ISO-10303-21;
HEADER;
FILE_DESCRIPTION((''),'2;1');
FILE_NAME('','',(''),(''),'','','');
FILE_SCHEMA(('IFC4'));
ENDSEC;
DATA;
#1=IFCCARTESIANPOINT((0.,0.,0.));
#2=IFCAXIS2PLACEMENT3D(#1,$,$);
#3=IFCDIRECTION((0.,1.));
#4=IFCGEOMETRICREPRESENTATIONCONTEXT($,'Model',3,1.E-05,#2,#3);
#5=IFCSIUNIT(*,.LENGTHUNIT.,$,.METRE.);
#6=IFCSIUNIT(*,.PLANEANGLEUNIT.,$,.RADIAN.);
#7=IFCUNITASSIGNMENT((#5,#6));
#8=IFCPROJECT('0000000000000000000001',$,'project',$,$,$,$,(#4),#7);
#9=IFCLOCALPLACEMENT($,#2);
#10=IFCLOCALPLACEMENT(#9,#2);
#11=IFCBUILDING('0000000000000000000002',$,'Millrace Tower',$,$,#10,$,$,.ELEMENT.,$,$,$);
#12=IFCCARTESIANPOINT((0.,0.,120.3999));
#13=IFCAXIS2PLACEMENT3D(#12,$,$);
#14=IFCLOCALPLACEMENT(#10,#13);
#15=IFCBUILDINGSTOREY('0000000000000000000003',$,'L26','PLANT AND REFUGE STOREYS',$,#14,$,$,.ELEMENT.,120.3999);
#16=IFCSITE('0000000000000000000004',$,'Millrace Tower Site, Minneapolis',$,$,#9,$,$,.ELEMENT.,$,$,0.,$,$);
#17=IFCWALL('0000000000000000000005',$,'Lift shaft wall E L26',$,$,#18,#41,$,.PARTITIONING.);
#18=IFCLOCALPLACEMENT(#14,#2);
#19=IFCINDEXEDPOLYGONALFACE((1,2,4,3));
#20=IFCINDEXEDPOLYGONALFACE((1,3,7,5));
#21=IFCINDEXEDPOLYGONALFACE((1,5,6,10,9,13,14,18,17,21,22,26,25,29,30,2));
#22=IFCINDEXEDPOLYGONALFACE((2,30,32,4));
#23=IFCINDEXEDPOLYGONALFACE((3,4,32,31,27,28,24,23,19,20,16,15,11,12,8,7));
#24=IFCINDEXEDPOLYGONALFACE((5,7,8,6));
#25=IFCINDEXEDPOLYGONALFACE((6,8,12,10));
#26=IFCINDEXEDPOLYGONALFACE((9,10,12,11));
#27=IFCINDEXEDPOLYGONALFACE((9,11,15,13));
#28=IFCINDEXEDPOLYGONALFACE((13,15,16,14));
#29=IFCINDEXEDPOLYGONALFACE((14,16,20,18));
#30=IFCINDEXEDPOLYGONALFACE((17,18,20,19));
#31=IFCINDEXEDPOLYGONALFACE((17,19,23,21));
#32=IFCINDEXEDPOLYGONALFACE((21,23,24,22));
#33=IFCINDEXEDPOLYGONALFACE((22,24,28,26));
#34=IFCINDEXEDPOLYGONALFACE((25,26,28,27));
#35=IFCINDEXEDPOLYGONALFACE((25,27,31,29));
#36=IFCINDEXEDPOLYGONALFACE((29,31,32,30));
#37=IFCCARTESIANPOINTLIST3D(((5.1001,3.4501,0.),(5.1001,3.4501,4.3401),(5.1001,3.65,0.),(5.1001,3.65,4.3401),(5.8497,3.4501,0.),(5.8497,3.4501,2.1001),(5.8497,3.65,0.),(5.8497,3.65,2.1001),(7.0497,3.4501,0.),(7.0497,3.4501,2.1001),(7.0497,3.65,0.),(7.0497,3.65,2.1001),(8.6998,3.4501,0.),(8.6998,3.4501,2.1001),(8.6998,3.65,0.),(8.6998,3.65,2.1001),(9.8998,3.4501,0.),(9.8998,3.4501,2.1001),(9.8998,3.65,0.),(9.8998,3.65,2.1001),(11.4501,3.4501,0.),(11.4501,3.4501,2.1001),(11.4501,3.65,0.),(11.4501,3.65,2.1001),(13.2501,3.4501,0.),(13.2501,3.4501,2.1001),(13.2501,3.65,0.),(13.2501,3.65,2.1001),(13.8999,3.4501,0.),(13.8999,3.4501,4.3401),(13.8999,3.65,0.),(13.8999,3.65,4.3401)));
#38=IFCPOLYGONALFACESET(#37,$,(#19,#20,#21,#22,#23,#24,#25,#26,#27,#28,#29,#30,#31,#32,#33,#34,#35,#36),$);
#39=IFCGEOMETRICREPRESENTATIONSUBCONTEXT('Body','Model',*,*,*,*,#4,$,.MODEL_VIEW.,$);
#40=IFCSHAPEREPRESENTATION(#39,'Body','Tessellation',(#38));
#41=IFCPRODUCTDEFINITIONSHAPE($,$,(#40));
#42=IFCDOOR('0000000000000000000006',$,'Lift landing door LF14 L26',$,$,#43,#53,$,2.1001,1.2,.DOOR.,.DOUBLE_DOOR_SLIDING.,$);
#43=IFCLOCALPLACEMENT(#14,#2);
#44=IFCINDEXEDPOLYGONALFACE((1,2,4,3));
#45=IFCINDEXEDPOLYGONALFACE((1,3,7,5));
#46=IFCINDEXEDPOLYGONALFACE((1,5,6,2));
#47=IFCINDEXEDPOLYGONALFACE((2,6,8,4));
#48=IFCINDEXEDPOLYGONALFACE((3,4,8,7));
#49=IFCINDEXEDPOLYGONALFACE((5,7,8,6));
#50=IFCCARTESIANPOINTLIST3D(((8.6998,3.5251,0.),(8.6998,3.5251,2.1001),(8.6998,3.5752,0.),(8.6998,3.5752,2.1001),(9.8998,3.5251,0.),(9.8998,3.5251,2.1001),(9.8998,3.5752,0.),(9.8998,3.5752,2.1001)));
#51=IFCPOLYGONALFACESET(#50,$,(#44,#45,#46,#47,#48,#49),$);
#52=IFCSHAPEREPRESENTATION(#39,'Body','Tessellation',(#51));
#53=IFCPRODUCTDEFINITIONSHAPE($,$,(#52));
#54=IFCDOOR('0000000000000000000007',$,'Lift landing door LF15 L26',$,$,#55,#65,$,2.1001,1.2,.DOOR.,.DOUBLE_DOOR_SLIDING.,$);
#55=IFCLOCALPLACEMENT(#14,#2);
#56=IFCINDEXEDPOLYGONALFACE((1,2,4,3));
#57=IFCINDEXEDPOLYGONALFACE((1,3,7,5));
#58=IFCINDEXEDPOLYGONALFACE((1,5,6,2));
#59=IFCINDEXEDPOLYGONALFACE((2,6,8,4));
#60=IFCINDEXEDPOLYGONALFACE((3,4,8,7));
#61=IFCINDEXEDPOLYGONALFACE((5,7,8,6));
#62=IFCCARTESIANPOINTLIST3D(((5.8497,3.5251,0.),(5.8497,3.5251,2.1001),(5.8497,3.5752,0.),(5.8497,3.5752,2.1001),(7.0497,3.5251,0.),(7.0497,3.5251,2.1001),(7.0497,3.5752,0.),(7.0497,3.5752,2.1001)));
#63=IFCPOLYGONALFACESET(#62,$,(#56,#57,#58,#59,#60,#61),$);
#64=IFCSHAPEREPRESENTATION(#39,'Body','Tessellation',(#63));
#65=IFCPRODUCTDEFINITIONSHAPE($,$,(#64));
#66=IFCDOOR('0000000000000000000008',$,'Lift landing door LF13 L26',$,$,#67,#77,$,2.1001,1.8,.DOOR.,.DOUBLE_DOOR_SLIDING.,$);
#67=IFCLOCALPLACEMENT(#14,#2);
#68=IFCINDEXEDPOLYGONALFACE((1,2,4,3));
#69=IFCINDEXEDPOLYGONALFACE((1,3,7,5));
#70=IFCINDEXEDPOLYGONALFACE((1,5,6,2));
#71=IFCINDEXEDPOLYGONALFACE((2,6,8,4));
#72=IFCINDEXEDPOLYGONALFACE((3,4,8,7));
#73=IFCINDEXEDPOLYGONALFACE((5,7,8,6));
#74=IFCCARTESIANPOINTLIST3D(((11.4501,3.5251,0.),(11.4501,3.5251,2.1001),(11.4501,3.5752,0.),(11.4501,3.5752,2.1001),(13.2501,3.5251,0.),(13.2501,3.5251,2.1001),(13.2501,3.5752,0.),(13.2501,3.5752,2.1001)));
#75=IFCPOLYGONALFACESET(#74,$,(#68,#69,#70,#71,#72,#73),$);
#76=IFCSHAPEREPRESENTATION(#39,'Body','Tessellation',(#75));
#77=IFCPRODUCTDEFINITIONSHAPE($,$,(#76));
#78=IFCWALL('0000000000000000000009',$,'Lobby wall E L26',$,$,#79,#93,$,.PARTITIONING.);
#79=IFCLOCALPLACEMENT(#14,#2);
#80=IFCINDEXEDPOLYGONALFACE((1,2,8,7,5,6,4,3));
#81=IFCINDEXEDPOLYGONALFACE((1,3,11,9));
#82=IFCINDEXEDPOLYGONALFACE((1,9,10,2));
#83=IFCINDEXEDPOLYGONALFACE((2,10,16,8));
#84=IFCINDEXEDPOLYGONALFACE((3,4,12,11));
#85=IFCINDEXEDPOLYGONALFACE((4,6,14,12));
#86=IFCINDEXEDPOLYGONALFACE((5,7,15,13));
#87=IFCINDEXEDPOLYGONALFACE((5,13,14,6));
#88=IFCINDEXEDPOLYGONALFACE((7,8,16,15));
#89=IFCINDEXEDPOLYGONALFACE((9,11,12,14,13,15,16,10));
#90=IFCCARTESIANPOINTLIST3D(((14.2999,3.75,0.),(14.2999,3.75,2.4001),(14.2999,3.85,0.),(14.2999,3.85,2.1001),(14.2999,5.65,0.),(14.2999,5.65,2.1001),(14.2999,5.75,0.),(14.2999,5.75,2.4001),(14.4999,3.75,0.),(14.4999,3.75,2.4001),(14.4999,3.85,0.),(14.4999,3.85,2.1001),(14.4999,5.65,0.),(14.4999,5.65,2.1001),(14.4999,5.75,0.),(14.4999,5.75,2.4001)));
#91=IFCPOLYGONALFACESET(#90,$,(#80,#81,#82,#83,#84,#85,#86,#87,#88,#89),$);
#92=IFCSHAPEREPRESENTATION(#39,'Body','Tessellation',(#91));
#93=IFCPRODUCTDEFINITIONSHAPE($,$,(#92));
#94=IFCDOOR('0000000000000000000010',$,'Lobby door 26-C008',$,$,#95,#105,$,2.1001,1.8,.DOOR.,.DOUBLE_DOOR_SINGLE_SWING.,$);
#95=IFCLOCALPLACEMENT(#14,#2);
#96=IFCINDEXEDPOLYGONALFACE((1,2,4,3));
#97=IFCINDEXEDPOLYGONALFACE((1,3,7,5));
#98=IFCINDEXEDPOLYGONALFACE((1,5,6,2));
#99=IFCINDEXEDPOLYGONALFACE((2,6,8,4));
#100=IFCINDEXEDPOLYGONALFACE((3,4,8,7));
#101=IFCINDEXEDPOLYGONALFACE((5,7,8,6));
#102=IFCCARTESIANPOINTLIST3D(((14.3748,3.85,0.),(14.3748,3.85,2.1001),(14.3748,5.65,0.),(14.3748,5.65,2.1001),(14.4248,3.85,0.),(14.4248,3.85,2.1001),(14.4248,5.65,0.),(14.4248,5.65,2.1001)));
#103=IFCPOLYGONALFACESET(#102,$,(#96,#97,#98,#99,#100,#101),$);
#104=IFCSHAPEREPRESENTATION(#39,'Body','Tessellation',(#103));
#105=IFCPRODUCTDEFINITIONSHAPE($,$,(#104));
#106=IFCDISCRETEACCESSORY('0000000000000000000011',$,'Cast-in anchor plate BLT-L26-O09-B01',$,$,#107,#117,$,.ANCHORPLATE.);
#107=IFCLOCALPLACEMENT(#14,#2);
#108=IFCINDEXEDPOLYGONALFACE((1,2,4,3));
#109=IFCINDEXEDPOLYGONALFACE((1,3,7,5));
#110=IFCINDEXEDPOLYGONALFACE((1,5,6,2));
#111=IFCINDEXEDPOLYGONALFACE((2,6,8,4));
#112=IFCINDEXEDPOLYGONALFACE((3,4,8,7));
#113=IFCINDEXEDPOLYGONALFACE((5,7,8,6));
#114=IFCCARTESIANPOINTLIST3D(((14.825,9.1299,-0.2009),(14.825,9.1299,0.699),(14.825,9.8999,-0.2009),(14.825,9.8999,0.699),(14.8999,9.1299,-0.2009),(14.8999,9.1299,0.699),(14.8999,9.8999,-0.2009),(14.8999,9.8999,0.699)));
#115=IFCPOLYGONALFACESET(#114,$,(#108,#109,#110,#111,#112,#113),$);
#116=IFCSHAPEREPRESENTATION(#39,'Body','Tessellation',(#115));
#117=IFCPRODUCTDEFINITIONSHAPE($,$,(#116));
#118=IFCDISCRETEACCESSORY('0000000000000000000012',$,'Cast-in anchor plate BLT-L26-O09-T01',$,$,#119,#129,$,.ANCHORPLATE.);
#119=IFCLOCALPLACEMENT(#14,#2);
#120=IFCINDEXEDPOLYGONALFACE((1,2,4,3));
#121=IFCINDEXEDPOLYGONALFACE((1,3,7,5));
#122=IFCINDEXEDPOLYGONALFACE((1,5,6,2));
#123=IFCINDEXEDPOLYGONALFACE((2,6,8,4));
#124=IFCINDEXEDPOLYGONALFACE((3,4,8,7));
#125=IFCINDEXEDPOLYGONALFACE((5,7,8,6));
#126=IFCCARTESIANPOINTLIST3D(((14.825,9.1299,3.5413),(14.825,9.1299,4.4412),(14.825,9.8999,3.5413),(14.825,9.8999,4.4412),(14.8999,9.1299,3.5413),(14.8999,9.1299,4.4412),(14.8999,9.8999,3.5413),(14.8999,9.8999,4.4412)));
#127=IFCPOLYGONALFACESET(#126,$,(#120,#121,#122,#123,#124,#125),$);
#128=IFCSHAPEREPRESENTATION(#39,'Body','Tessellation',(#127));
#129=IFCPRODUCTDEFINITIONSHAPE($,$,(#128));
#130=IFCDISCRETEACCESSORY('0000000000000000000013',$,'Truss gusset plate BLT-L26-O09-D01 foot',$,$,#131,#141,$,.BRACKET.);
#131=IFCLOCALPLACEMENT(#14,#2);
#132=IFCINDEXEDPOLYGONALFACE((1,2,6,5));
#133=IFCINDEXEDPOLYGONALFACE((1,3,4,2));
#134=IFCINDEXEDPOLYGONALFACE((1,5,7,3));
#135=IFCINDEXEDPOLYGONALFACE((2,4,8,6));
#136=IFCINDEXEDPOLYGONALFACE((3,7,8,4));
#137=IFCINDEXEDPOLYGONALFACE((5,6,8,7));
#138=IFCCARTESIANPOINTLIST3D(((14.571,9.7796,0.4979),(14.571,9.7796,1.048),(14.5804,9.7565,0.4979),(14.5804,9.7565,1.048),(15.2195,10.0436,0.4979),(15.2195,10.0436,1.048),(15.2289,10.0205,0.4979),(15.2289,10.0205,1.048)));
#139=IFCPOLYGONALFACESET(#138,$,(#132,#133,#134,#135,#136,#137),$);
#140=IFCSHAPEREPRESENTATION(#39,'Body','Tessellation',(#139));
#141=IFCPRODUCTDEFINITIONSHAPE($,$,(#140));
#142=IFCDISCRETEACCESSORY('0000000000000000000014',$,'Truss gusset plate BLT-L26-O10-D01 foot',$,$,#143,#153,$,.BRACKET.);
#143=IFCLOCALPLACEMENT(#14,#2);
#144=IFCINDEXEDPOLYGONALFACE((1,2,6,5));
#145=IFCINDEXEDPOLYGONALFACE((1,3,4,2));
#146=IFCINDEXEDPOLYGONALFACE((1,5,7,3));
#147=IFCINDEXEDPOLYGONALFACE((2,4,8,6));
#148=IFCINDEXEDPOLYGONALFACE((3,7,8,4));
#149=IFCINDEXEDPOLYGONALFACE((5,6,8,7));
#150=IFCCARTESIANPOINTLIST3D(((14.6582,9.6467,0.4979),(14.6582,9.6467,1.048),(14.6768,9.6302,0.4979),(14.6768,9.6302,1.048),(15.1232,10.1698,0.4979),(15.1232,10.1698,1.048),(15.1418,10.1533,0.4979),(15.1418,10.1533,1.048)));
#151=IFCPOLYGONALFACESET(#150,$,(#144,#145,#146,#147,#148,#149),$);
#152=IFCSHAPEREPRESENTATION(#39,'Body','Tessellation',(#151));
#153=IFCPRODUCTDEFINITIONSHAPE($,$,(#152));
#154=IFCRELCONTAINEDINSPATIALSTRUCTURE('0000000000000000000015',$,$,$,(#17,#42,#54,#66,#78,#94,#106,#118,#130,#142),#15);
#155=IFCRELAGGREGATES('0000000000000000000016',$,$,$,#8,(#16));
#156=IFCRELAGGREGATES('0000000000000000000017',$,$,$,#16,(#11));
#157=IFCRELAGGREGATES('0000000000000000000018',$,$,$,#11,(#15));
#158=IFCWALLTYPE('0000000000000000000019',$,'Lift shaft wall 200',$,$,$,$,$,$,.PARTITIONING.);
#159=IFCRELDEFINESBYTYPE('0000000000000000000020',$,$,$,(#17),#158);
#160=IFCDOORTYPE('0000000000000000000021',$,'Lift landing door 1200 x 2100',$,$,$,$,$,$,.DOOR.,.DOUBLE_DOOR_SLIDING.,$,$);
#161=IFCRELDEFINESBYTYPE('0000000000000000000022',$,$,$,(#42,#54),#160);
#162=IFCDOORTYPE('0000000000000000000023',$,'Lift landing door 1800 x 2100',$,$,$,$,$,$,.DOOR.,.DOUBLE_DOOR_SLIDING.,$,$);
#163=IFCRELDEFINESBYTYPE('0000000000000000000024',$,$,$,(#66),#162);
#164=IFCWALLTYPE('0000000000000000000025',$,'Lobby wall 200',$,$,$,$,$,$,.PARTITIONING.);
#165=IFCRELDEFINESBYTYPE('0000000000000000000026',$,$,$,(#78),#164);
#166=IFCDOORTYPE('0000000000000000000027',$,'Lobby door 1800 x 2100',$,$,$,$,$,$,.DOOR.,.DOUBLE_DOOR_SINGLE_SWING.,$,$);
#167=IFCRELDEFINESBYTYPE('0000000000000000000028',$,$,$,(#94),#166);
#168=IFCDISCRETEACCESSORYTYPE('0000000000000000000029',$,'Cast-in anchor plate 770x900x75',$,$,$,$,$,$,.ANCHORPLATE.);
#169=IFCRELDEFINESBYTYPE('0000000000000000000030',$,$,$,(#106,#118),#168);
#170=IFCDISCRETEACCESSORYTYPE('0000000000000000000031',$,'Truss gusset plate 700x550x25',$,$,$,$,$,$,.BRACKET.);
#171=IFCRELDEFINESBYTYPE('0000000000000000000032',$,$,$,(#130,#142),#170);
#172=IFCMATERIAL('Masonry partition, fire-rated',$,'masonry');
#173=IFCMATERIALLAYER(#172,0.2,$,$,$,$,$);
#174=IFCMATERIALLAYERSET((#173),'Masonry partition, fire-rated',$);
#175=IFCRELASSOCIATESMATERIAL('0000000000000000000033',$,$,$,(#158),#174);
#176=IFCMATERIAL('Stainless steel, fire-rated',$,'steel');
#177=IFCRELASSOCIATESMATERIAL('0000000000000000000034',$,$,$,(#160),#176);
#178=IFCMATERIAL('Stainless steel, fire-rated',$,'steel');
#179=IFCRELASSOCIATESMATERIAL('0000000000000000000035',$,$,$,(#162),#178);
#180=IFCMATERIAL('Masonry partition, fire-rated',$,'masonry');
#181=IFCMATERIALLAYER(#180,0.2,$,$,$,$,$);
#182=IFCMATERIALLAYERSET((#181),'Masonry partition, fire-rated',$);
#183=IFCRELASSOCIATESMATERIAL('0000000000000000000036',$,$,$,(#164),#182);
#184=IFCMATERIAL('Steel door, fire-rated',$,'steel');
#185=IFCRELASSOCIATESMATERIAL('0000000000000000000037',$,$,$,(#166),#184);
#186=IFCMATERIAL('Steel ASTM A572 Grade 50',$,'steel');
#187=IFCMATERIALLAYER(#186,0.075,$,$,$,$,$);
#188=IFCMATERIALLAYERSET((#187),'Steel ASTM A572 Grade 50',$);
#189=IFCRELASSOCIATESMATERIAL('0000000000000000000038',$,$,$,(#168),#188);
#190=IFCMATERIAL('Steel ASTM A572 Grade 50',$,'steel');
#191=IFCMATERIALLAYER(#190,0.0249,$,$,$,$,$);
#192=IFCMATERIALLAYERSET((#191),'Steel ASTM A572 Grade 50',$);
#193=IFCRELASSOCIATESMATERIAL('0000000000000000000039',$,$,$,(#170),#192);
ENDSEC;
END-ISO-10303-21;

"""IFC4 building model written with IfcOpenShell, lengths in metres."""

from ifc_helpers import new_model, si_unit, direction, frame, frame_2d, origin, origin_2d, place, context, subcontext, project, spatial, rectangle, extrude, material, layer, layer_set, type_object, element, fill, save


model = new_model("IFC4")

# Units and contexts
model_context = context("Model", 3, precision=1e-05, world=origin(), true_north=direction((0.0, 1.0)))
body_context = subcontext(model_context, "Body", "Model", "MODEL_VIEW")
ifc_project = project(units=[si_unit("LENGTHUNIT", "METRE"), si_unit("PLANEANGLEUNIT", "RADIAN")], contexts=[model_context])

# Site, building, storey
site_placement = place(None, origin())
site = spatial("IfcSite", under=ifc_project, at=site_placement, Name="Millrace Tower Site, Minneapolis", CompositionType="ELEMENT", RefElevation=0.0)
building_placement = place(site_placement, origin())
building = spatial("IfcBuilding", under=site, at=building_placement, Name="Millrace Tower", CompositionType="ELEMENT")
storey_placement = place(building_placement, frame((0.0, 0.0, 120.3999)))
storey = spatial("IfcBuildingStorey", under=building, at=storey_placement, Name="L26", Description="PLANT AND REFUGE STOREYS", CompositionType="ELEMENT", Elevation=120.3999)

# Shared definitions
ifc_material_1 = material(Name="Masonry partition, fire-rated", Category="masonry")
ifc_layer_1 = layer(ifc_material_1, 0.2)
ifc_layer_set_1 = layer_set([ifc_layer_1], Name="Masonry partition, fire-rated")
wall_type_1 = type_object("IfcWallType", Name="Lift shaft wall 200", PredefinedType="PARTITIONING", material=ifc_layer_set_1)

# Wall, openings, doors
wall_1_placement = place(storey_placement, frame((13.8999, 3.55, 0.0), z_axis=(0.0, 0.0, 1.0), x_axis=(-1.0, 0.0, 0.0)))
wall_1 = element("IfcWall", 1, at=wall_1_placement, inside=storey, type_object=wall_type_1, Name="Lift shaft wall E L26", PredefinedType="PARTITIONING", context=body_context, shape_type="SweptSolid", body=[
    extrude(rectangle(XDim=8.7998, YDim=0.2, at=frame_2d((4.3999, 0.0))), origin(), (0.0, 0.0, 1.0), 4.3401),
])
opening_1_placement = place(wall_1_placement, frame((0.6499, 0.0, 0.0)))
opening_1 = element("IfcOpeningElement", 2, at=opening_1_placement, cuts=wall_1, PredefinedType="OPENING", context=body_context, shape_type="SweptSolid", body=[
    extrude(rectangle(XDim=1.8, YDim=2.1001, at=frame_2d((0.8999, 1.05))), frame((0.0, 0.1099, 0.0), z_axis=(0.0, -1.0, 0.0), x_axis=(1.0, 0.0, 0.0)), (0.0, 0.0, 1.0), 0.22),
])
opening_2_placement = place(wall_1_placement, frame((4.0, 0.0, 0.0)))
opening_2 = element("IfcOpeningElement", 3, at=opening_2_placement, cuts=wall_1, PredefinedType="OPENING", context=body_context, shape_type="SweptSolid", body=[
    extrude(rectangle(XDim=1.2, YDim=2.1001, at=frame_2d((0.6001, 1.05))), frame((0.0, 0.1099, 0.0), z_axis=(0.0, -1.0, 0.0), x_axis=(1.0, 0.0, 0.0)), (0.0, 0.0, 1.0), 0.22),
])
opening_3_placement = place(wall_1_placement, frame((6.8501, 0.0, 0.0)))
opening_3 = element("IfcOpeningElement", 4, at=opening_3_placement, cuts=wall_1, PredefinedType="OPENING", context=body_context, shape_type="SweptSolid", body=[
    extrude(rectangle(XDim=1.2, YDim=2.1001, at=frame_2d((0.6001, 1.05))), frame((0.0, 0.1099, 0.0), z_axis=(0.0, -1.0, 0.0), x_axis=(1.0, 0.0, 0.0)), (0.0, 0.0, 1.0), 0.22),
])
ifc_material_2 = material(Name="Stainless steel, fire-rated", Category="steel")
door_type_1 = type_object("IfcDoorType", Name="Lift landing door 1200 x 2100", OperationType="DOUBLE_DOOR_SLIDING", PredefinedType="DOOR", material=ifc_material_2)
door_1_placement = place(opening_2_placement, origin())
door_1 = element("IfcDoor", 5, at=door_1_placement, inside=storey, type_object=door_type_1, Name="Lift landing door LF14 L26", OperationType="DOUBLE_DOOR_SLIDING", OverallHeight=2.1001, OverallWidth=1.2, PredefinedType="DOOR", context=body_context, shape_type="SweptSolid", body=[
    extrude(rectangle(XDim=1.2, YDim=2.1001, at=frame_2d((0.6001, 1.05))), frame((0.0, 0.0249, 0.0), z_axis=(0.0, -1.0, 0.0), x_axis=(1.0, 0.0, 0.0)), (0.0, 0.0, 1.0), 0.05),
])
fill(opening_2, door_1)
door_2_placement = place(opening_3_placement, origin())
door_2 = element("IfcDoor", 6, at=door_2_placement, inside=storey, type_object=door_type_1, Name="Lift landing door LF15 L26", OperationType="DOUBLE_DOOR_SLIDING", OverallHeight=2.1001, OverallWidth=1.2, PredefinedType="DOOR", context=body_context, shape_type="SweptSolid", body=[
    extrude(rectangle(XDim=1.2, YDim=2.1001, at=frame_2d((0.6001, 1.05))), frame((0.0, 0.0249, 0.0), z_axis=(0.0, -1.0, 0.0), x_axis=(1.0, 0.0, 0.0)), (0.0, 0.0, 1.0), 0.05),
])
fill(opening_3, door_2)
ifc_material_3 = material(Name="Stainless steel, fire-rated", Category="steel")
door_type_2 = type_object("IfcDoorType", Name="Lift landing door 1800 x 2100", OperationType="DOUBLE_DOOR_SLIDING", PredefinedType="DOOR", material=ifc_material_3)
door_3_placement = place(opening_1_placement, origin())
door_3 = element("IfcDoor", 7, at=door_3_placement, inside=storey, type_object=door_type_2, Name="Lift landing door LF13 L26", OperationType="DOUBLE_DOOR_SLIDING", OverallHeight=2.1001, OverallWidth=1.8, PredefinedType="DOOR", context=body_context, shape_type="SweptSolid", body=[
    extrude(rectangle(XDim=1.8, YDim=2.1001, at=frame_2d((0.8999, 1.05))), frame((0.0, 0.0249, 0.0), z_axis=(0.0, -1.0, 0.0), x_axis=(1.0, 0.0, 0.0)), (0.0, 0.0, 1.0), 0.05),
])
fill(opening_1, door_3)

# Wall, opening, door
ifc_material_4 = material(Name="Masonry partition, fire-rated", Category="masonry")
ifc_layer_2 = layer(ifc_material_4, 0.2)
ifc_layer_set_2 = layer_set([ifc_layer_2], Name="Masonry partition, fire-rated")
wall_type_2 = type_object("IfcWallType", Name="Lobby wall 200", PredefinedType="PARTITIONING", material=ifc_layer_set_2)
wall_2_placement = place(storey_placement, frame((14.3999, 5.75, 0.0), z_axis=(0.0, 0.0, 1.0), x_axis=(0.0, -1.0, 0.0)))
wall_2 = element("IfcWall", 8, at=wall_2_placement, inside=storey, type_object=wall_type_2, Name="Lobby wall E L26", PredefinedType="PARTITIONING", context=body_context, shape_type="SweptSolid", body=[
    extrude(rectangle(XDim=2.0, YDim=0.2, at=frame_2d((1.0, 0.0))), origin(), (0.0, 0.0, 1.0), 2.4001),
])
opening_4_placement = place(wall_2_placement, frame((0.1001, 0.0, 0.0)))
opening_4 = element("IfcOpeningElement", 9, at=opening_4_placement, cuts=wall_2, PredefinedType="OPENING", context=body_context, shape_type="SweptSolid", body=[
    extrude(rectangle(XDim=1.8, YDim=2.1001, at=frame_2d((0.8999, 1.05))), frame((0.0, 0.1099, 0.0), z_axis=(0.0, -1.0, 0.0), x_axis=(1.0, 0.0, 0.0)), (0.0, 0.0, 1.0), 0.22),
])
ifc_material_5 = material(Name="Steel door, fire-rated", Category="steel")
door_type_3 = type_object("IfcDoorType", Name="Lobby door 1800 x 2100", OperationType="DOUBLE_DOOR_SINGLE_SWING", PredefinedType="DOOR", material=ifc_material_5)
door_4_placement = place(opening_4_placement, origin())
door_4 = element("IfcDoor", 10, at=door_4_placement, inside=storey, type_object=door_type_3, Name="Lobby door 26-C008", OperationType="DOUBLE_DOOR_SINGLE_SWING", OverallHeight=2.1001, OverallWidth=1.8, PredefinedType="DOOR", context=body_context, shape_type="SweptSolid", body=[
    extrude(rectangle(XDim=1.8, YDim=2.1001, at=frame_2d((0.8999, 1.05))), frame((0.0, 0.0249, 0.0), z_axis=(0.0, -1.0, 0.0), x_axis=(1.0, 0.0, 0.0)), (0.0, 0.0, 1.0), 0.05),
])
fill(opening_4, door_4)

# Discrete accessories
ifc_material_6 = material(Name="Steel ASTM A572 Grade 50", Category="steel")
ifc_layer_3 = layer(ifc_material_6, 0.075)
ifc_layer_set_3 = layer_set([ifc_layer_3], Name="Steel ASTM A572 Grade 50")
discrete_accessory_type_1 = type_object("IfcDiscreteAccessoryType", Name="Cast-in anchor plate 770x900x75", PredefinedType="ANCHORPLATE", material=ifc_layer_set_3)
for number, where, z_axis, x_axis, name in (
    (11, (14.825, 9.5149, 0.249), (1.0, 0.0, 0.0), (0.0, 1.0, 0.0), "Cast-in anchor plate BLT-L26-O09-B01"),
    (12, (14.825, 9.5149, 3.9912), (1.0, 0.0, 0.0), (0.0, 1.0, 0.0), "Cast-in anchor plate BLT-L26-O09-T01"),
):
    element("IfcDiscreteAccessory", number, at=place(storey_placement, frame(where, z_axis=z_axis, x_axis=x_axis)), inside=storey, type_object=discrete_accessory_type_1, Name=name, PredefinedType="ANCHORPLATE", context=body_context, shape_type="SweptSolid", body=[
        extrude(rectangle(XDim=0.77, YDim=0.8999, at=origin_2d()), origin(), (0.0, 0.0, 1.0), 0.075),
    ])
ifc_material_7 = material(Name="Steel ASTM A572 Grade 50", Category="steel")
ifc_layer_4 = layer(ifc_material_7, 0.0249)
ifc_layer_set_4 = layer_set([ifc_layer_4], Name="Steel ASTM A572 Grade 50")
discrete_accessory_type_2 = type_object("IfcDiscreteAccessoryType", Name="Truss gusset plate 700x550x25", PredefinedType="BRACKET", material=ifc_layer_set_4)
discrete_accessory_1_placement = place(storey_placement, frame((14.5757, 9.7681, 0.7729), z_axis=(0.926223, 0.376976, 0.0), x_axis=(-0.376976, 0.926223, 0.0)))
element("IfcDiscreteAccessory", 13, at=discrete_accessory_1_placement, inside=storey, type_object=discrete_accessory_type_2, Name="Truss gusset plate BLT-L26-O09-D01 foot", PredefinedType="BRACKET", context=body_context, shape_type="SweptSolid", body=[
    extrude(rectangle(XDim=0.0249, YDim=0.55, at=origin_2d()), origin(), (0.0, 0.0, 1.0), 0.7002),
])
discrete_accessory_2_placement = place(storey_placement, frame((14.6675, 9.6384, 0.7729), z_axis=(0.664385, 0.74739, 0.0), x_axis=(-0.74739, 0.664385, 0.0)))
element("IfcDiscreteAccessory", 14, at=discrete_accessory_2_placement, inside=storey, type_object=discrete_accessory_type_2, Name="Truss gusset plate BLT-L26-O10-D01 foot", PredefinedType="BRACKET", context=body_context, shape_type="SweptSolid", body=[
    extrude(rectangle(XDim=0.0249, YDim=0.55, at=origin_2d()), origin(), (0.0, 0.0, 1.0), 0.7),
])

save(model, "model.ifc")
